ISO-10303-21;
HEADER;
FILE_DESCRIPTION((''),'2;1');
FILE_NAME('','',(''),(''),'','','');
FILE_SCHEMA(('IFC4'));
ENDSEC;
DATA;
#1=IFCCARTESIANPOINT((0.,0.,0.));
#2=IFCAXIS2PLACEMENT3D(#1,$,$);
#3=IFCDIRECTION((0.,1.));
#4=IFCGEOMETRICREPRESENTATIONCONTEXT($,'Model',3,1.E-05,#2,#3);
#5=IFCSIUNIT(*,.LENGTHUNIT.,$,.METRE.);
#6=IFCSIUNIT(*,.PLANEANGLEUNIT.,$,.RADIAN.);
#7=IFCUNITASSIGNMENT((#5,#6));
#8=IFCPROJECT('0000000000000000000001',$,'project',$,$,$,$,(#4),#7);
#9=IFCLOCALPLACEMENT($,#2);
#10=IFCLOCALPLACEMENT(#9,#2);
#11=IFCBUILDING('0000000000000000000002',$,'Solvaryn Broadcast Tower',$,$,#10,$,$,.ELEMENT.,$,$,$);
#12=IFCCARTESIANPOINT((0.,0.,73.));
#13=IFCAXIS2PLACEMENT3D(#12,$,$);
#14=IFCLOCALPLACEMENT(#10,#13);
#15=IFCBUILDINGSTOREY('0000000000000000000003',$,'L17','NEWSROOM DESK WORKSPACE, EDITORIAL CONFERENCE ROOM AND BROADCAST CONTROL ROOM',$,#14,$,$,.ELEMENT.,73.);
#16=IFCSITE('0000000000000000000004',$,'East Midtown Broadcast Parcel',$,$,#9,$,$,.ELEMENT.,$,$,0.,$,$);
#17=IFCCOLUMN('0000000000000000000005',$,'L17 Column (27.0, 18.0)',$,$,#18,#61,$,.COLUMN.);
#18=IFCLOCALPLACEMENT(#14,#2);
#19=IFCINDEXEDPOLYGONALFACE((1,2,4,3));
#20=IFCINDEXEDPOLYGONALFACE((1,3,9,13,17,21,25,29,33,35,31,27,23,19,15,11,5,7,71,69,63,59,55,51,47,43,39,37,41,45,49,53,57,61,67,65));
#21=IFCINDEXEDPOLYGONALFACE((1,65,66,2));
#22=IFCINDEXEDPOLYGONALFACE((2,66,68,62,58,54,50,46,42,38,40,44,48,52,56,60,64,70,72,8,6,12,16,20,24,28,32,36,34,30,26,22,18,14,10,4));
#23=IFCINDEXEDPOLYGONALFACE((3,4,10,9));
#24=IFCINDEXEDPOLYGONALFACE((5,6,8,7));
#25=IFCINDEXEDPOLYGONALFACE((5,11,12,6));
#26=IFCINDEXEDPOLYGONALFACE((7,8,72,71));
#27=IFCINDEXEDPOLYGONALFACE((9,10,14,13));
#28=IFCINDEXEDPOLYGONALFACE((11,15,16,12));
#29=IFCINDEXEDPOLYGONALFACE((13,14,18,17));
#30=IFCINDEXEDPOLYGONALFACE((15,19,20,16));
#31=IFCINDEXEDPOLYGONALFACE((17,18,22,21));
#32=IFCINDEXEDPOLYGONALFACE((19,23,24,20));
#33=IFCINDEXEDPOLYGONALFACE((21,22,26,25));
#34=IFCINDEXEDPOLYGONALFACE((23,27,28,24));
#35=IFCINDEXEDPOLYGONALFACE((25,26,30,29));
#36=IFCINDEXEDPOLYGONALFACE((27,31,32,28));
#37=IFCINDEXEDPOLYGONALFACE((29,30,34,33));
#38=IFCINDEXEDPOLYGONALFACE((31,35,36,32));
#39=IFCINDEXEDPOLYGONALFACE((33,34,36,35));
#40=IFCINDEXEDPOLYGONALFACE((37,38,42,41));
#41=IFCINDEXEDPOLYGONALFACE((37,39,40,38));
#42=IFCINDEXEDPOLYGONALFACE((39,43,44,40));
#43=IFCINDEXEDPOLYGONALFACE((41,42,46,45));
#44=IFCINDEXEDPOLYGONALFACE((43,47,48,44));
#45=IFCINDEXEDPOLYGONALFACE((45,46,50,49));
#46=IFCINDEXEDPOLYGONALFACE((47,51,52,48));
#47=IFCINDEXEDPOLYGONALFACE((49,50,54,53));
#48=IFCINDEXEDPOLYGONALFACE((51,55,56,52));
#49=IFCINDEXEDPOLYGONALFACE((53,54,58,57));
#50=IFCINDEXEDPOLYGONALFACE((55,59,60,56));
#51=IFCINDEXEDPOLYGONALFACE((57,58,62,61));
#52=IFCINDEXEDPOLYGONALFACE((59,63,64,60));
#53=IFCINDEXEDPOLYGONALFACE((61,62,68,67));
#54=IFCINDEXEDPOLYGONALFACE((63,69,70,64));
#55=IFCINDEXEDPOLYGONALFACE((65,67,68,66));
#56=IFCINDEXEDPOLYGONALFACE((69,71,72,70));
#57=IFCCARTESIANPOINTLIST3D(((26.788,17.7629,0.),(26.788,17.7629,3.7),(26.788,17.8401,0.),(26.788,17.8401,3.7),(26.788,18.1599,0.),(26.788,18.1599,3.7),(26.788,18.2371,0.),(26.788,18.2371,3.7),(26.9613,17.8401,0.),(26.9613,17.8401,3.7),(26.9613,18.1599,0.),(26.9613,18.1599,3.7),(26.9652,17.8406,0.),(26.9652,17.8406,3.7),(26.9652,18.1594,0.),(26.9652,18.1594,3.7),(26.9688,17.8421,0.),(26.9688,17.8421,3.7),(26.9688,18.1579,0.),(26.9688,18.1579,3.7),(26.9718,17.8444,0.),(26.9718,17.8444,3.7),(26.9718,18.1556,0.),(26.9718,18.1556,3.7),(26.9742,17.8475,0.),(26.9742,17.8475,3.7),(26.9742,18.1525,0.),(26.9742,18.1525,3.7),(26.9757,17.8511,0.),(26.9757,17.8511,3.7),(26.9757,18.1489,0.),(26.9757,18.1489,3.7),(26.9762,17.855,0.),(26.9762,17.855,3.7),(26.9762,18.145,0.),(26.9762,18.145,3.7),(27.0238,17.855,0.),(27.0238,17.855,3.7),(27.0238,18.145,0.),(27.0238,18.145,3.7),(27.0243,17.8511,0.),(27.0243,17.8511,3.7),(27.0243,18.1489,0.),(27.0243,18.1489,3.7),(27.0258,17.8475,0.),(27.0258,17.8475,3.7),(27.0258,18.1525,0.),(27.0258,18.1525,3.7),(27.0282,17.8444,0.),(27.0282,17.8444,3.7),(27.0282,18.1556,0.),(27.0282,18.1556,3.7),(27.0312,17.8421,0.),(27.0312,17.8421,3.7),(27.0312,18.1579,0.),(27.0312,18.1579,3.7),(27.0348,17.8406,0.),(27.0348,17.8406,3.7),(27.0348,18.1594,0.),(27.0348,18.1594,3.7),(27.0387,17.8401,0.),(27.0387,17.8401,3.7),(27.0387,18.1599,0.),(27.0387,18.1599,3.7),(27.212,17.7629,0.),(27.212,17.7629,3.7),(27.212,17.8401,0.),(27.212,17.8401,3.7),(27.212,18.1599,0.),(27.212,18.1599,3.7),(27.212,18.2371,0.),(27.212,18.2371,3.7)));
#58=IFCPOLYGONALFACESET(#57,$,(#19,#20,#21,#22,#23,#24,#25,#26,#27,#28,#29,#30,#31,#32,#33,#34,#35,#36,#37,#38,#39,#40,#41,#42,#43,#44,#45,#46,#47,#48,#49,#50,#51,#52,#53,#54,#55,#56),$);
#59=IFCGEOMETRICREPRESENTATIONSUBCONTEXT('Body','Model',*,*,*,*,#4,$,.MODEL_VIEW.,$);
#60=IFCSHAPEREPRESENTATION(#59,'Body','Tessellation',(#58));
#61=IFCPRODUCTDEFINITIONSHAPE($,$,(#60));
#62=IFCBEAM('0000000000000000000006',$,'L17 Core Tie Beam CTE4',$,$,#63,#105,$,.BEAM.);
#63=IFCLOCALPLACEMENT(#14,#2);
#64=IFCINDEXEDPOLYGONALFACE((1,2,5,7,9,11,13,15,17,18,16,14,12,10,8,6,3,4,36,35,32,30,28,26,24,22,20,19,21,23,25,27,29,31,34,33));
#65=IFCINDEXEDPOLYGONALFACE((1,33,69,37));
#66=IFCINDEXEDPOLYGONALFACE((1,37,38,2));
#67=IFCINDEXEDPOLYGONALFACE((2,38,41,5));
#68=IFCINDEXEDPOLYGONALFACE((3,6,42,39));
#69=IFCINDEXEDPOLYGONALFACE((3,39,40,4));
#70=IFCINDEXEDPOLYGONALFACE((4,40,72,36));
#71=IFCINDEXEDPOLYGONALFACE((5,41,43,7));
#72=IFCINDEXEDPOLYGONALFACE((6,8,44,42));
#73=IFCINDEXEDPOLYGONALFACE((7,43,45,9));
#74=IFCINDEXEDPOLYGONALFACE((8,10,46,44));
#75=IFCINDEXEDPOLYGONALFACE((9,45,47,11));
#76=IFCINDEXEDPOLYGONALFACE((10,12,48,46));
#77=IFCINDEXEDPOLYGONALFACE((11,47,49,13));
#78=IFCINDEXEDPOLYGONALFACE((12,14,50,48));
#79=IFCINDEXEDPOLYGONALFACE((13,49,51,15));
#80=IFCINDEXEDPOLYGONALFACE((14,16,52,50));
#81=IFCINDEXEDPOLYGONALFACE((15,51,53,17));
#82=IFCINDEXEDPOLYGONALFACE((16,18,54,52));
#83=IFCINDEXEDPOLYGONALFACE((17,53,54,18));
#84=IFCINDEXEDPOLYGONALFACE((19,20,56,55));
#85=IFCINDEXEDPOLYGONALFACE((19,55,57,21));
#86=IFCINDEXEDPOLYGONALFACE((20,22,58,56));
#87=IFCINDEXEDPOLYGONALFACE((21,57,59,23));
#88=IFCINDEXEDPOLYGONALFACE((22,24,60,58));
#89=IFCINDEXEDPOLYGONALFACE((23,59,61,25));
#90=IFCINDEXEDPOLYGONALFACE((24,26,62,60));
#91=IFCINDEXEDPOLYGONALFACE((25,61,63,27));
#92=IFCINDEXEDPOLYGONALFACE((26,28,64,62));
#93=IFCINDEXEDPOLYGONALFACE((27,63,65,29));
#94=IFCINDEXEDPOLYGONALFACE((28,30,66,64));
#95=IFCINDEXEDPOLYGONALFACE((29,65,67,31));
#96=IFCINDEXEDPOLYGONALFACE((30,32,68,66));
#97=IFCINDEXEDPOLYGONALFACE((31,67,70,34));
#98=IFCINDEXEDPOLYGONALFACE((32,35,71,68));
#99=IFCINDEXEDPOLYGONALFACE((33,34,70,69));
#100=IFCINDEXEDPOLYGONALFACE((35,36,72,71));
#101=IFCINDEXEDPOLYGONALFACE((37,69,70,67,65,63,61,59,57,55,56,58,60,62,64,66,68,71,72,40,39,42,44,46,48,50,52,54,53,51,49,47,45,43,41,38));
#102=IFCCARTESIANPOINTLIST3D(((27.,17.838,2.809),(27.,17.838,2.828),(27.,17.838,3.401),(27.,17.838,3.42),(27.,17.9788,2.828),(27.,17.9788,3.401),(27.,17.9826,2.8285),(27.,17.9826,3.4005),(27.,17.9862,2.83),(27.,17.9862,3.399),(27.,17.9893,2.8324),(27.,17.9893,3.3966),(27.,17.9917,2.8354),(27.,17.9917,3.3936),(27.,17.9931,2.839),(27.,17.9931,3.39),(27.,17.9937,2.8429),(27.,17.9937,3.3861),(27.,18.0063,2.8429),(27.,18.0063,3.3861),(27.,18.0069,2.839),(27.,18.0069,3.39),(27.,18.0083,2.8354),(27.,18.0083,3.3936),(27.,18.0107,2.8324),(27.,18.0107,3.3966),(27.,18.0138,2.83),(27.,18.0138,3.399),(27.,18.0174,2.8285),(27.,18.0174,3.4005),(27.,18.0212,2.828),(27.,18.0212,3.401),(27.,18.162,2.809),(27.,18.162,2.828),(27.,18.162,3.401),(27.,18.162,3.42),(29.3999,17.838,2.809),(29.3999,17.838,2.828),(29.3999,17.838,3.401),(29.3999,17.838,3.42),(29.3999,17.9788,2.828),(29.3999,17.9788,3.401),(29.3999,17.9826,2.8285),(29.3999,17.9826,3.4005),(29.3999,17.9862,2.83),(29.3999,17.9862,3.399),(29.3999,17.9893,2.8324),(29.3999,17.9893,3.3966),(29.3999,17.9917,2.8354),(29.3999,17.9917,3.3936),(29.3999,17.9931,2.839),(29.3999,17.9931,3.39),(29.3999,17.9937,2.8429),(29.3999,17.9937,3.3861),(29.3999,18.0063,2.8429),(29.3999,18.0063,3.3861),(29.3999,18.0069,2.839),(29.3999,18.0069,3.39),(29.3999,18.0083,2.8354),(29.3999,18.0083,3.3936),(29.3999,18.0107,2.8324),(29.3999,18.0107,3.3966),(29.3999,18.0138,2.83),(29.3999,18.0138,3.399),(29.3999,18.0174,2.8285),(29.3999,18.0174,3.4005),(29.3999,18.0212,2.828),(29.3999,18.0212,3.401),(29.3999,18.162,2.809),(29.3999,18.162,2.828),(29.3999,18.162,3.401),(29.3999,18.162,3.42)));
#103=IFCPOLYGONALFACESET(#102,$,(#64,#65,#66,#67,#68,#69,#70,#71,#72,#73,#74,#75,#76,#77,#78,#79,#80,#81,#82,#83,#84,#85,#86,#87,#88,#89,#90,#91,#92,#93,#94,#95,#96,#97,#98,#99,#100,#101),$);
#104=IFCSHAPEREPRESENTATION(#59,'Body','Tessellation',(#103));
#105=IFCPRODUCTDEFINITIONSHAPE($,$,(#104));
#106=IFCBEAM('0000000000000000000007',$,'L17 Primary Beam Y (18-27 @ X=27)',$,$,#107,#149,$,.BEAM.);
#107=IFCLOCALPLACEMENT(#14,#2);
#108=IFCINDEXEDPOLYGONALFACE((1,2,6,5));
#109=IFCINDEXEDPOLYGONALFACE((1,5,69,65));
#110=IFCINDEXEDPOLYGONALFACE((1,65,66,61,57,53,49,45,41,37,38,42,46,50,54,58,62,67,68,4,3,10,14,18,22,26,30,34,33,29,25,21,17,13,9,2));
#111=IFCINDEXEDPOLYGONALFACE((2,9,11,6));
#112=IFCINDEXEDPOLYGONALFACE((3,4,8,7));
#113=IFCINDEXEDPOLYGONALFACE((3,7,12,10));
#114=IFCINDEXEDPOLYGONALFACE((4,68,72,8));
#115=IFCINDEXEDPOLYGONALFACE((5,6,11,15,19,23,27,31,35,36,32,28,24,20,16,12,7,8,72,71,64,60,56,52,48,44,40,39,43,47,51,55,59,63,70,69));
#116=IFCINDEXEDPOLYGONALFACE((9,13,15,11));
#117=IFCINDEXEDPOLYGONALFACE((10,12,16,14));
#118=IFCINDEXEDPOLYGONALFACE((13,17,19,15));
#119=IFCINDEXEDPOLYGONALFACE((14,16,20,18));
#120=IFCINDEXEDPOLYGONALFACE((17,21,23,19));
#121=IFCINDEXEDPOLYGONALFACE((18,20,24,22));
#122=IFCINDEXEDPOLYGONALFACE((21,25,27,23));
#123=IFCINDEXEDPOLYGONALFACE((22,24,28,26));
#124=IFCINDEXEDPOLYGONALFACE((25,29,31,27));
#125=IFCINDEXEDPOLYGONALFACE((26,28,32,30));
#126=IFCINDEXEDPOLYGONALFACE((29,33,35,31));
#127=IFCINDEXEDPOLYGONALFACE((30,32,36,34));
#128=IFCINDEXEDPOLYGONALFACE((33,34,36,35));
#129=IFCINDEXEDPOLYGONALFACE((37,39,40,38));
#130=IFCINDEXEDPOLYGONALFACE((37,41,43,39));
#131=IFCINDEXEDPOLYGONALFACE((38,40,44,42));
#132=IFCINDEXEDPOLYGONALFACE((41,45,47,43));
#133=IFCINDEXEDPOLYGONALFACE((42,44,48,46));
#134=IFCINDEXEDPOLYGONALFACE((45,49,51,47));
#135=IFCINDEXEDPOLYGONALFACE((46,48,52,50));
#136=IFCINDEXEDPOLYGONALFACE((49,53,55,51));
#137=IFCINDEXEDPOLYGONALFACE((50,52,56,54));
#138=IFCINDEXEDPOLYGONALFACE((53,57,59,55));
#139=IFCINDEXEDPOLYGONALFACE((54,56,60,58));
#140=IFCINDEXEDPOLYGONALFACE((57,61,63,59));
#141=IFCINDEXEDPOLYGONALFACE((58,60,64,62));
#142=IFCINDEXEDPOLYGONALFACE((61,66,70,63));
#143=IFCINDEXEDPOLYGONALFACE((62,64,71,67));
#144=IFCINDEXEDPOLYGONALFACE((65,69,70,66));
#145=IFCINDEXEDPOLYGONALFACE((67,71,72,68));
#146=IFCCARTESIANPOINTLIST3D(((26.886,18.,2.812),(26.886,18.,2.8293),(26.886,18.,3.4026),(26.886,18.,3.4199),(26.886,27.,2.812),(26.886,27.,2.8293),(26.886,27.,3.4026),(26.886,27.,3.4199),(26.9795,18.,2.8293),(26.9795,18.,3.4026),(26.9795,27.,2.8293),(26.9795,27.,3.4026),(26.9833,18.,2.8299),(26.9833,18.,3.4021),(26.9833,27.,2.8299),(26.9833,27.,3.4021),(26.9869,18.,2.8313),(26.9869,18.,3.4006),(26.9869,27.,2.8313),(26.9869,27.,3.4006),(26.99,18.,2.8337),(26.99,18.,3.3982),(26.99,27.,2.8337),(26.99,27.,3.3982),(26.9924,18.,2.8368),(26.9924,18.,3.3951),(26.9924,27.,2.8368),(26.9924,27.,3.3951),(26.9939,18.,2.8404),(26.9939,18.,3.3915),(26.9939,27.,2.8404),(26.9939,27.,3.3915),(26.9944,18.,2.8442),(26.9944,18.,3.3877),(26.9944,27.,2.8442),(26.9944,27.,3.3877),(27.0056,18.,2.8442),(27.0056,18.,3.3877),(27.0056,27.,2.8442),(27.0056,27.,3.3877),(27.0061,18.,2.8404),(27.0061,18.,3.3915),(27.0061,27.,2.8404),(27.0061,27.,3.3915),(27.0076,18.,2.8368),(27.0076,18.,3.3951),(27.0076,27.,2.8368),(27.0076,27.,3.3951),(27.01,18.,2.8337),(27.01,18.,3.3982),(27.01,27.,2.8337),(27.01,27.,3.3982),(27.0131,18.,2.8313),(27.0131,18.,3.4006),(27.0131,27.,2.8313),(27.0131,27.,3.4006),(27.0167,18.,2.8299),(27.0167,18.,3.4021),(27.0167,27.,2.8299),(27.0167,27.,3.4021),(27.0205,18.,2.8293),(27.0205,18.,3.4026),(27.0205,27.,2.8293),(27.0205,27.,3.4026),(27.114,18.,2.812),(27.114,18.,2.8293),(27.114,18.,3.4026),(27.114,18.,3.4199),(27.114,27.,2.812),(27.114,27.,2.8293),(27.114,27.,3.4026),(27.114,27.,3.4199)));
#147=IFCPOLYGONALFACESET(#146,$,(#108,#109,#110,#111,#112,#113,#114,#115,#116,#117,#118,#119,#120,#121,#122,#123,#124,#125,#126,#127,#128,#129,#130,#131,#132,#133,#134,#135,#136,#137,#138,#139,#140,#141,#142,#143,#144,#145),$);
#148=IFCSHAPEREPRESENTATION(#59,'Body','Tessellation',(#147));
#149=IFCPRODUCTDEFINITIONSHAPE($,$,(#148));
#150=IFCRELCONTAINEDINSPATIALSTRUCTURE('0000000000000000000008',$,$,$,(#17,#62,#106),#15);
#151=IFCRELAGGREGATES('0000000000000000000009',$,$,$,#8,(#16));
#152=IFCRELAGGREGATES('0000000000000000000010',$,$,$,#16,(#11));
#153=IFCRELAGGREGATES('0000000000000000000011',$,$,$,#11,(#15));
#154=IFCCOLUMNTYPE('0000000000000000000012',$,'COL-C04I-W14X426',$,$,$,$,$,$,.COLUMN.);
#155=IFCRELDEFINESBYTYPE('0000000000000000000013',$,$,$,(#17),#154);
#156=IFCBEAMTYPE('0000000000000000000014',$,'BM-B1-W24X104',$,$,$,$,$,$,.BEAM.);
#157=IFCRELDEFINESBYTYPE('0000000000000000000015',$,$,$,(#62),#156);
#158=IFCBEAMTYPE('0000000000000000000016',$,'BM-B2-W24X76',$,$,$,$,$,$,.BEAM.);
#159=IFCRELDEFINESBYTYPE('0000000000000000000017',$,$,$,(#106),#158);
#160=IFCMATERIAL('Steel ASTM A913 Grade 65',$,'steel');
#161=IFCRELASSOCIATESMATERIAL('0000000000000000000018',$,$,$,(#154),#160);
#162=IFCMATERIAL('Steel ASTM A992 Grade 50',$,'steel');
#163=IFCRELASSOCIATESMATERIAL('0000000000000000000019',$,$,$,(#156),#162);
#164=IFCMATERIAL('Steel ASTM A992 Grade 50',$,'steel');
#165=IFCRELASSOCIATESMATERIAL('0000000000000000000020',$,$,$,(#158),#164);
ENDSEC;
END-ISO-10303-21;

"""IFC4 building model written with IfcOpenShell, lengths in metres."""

from ifc_helpers import new_model, si_unit, direction, frame, origin, origin_2d, place, context, subcontext, project, spatial, i_section, extrude, material, material_profile, profile_set, type_object, element, save


model = new_model("IFC4")

# Units and contexts
model_context = context("Model", 3, precision=1e-05, world=origin(), true_north=direction((0.0, 1.0)))
body_context = subcontext(model_context, "Body", "Model", "MODEL_VIEW")
ifc_project = project(units=[si_unit("LENGTHUNIT", "METRE"), si_unit("PLANEANGLEUNIT", "RADIAN")], contexts=[model_context])

# Site, building, storey
site_placement = place(None, origin())
site = spatial("IfcSite", under=ifc_project, at=site_placement, Name="East Midtown Broadcast Parcel", CompositionType="ELEMENT", RefElevation=0.0)
building_placement = place(site_placement, origin())
building = spatial("IfcBuilding", under=site, at=building_placement, Name="Solvaryn Broadcast Tower", CompositionType="ELEMENT")
storey_placement = place(building_placement, frame((0.0, 0.0, 73.0)))
storey = spatial("IfcBuildingStorey", under=building, at=storey_placement, Name="L17", Description="NEWSROOM DESK WORKSPACE, EDITORIAL CONFERENCE ROOM AND BROADCAST CONTROL ROOM", CompositionType="ELEMENT", Elevation=73.0)

# Column
ifc_material_1 = material(Name="Steel ASTM A913 Grade 65", Category="steel")
ifc_material_profile_1 = material_profile(ifc_material_1, i_section(OverallWidth=0.4241, OverallDepth=0.4741, WebThickness=0.0476, FlangeThickness=0.0771, FilletRadius=0.0149, at=origin_2d()))
ifc_profile_set_1 = profile_set([ifc_material_profile_1], Name="Steel ASTM A913 Grade 65")
column_type = type_object("IfcColumnType", Name="COL-C04I-W14X426", PredefinedType="COLUMN", material=ifc_profile_set_1)
column_placement = place(storey_placement, frame((27.0, 18.0, 0.0), z_axis=(0.0, 0.0, 1.0), x_axis=(1.0, 0.0, 0.0)))
element("IfcColumn", 1, at=column_placement, inside=storey, type_object=column_type, Name="L17 Column (27.0, 18.0)", PredefinedType="COLUMN", context=body_context, shape_type="SweptSolid", body=[
    extrude(i_section(OverallWidth=0.4241, OverallDepth=0.4741, WebThickness=0.0476, FlangeThickness=0.0771, FilletRadius=0.0149, at=origin_2d()), origin(), (0.0, 0.0, 1.0), 3.7),
])

# Beams
ifc_material_2 = material(Name="Steel ASTM A992 Grade 50", Category="steel")
ifc_material_profile_2 = material_profile(ifc_material_2, i_section(OverallWidth=0.324, OverallDepth=0.6111, WebThickness=0.0127, FlangeThickness=0.019, FilletRadius=0.0149, at=origin_2d()))
ifc_profile_set_2 = profile_set([ifc_material_profile_2], Name="Steel ASTM A992 Grade 50")
beam_type_1 = type_object("IfcBeamType", Name="BM-B1-W24X104", PredefinedType="BEAM", material=ifc_profile_set_2)
beam_1_placement = place(storey_placement, frame((27.0, 18.0, 3.1145), z_axis=(1.0, 0.0, 0.0), x_axis=(0.0, 1.0, 0.0)))
element("IfcBeam", 2, at=beam_1_placement, inside=storey, type_object=beam_type_1, Name="L17 Core Tie Beam CTE4", PredefinedType="BEAM", context=body_context, shape_type="SweptSolid", body=[
    extrude(i_section(OverallWidth=0.324, OverallDepth=0.6111, WebThickness=0.0127, FlangeThickness=0.019, FilletRadius=0.0149, at=origin_2d()), origin(), (0.0, 0.0, 1.0), 2.3999),
])
ifc_material_3 = material(Name="Steel ASTM A992 Grade 50", Category="steel")
ifc_material_profile_3 = material_profile(ifc_material_3, i_section(OverallWidth=0.228, OverallDepth=0.6079, WebThickness=0.0112, FlangeThickness=0.0173, FilletRadius=0.0149, at=origin_2d()))
ifc_profile_set_3 = profile_set([ifc_material_profile_3], Name="Steel ASTM A992 Grade 50")
beam_type_2 = type_object("IfcBeamType", Name="BM-B2-W24X76", PredefinedType="BEAM", material=ifc_profile_set_3)
beam_2_placement = place(storey_placement, frame((27.0, 18.0, 3.116), z_axis=(0.0, 1.0, 0.0), x_axis=(-1.0, 0.0, 0.0)))
element("IfcBeam", 3, at=beam_2_placement, inside=storey, type_object=beam_type_2, Name="L17 Primary Beam Y (18-27 @ X=27)", PredefinedType="BEAM", context=body_context, shape_type="SweptSolid", body=[
    extrude(i_section(OverallWidth=0.228, OverallDepth=0.6079, WebThickness=0.0112, FlangeThickness=0.0173, FilletRadius=0.0149, at=origin_2d()), origin(), (0.0, 0.0, 1.0), 9.0),
])

save(model, "model.ifc")
